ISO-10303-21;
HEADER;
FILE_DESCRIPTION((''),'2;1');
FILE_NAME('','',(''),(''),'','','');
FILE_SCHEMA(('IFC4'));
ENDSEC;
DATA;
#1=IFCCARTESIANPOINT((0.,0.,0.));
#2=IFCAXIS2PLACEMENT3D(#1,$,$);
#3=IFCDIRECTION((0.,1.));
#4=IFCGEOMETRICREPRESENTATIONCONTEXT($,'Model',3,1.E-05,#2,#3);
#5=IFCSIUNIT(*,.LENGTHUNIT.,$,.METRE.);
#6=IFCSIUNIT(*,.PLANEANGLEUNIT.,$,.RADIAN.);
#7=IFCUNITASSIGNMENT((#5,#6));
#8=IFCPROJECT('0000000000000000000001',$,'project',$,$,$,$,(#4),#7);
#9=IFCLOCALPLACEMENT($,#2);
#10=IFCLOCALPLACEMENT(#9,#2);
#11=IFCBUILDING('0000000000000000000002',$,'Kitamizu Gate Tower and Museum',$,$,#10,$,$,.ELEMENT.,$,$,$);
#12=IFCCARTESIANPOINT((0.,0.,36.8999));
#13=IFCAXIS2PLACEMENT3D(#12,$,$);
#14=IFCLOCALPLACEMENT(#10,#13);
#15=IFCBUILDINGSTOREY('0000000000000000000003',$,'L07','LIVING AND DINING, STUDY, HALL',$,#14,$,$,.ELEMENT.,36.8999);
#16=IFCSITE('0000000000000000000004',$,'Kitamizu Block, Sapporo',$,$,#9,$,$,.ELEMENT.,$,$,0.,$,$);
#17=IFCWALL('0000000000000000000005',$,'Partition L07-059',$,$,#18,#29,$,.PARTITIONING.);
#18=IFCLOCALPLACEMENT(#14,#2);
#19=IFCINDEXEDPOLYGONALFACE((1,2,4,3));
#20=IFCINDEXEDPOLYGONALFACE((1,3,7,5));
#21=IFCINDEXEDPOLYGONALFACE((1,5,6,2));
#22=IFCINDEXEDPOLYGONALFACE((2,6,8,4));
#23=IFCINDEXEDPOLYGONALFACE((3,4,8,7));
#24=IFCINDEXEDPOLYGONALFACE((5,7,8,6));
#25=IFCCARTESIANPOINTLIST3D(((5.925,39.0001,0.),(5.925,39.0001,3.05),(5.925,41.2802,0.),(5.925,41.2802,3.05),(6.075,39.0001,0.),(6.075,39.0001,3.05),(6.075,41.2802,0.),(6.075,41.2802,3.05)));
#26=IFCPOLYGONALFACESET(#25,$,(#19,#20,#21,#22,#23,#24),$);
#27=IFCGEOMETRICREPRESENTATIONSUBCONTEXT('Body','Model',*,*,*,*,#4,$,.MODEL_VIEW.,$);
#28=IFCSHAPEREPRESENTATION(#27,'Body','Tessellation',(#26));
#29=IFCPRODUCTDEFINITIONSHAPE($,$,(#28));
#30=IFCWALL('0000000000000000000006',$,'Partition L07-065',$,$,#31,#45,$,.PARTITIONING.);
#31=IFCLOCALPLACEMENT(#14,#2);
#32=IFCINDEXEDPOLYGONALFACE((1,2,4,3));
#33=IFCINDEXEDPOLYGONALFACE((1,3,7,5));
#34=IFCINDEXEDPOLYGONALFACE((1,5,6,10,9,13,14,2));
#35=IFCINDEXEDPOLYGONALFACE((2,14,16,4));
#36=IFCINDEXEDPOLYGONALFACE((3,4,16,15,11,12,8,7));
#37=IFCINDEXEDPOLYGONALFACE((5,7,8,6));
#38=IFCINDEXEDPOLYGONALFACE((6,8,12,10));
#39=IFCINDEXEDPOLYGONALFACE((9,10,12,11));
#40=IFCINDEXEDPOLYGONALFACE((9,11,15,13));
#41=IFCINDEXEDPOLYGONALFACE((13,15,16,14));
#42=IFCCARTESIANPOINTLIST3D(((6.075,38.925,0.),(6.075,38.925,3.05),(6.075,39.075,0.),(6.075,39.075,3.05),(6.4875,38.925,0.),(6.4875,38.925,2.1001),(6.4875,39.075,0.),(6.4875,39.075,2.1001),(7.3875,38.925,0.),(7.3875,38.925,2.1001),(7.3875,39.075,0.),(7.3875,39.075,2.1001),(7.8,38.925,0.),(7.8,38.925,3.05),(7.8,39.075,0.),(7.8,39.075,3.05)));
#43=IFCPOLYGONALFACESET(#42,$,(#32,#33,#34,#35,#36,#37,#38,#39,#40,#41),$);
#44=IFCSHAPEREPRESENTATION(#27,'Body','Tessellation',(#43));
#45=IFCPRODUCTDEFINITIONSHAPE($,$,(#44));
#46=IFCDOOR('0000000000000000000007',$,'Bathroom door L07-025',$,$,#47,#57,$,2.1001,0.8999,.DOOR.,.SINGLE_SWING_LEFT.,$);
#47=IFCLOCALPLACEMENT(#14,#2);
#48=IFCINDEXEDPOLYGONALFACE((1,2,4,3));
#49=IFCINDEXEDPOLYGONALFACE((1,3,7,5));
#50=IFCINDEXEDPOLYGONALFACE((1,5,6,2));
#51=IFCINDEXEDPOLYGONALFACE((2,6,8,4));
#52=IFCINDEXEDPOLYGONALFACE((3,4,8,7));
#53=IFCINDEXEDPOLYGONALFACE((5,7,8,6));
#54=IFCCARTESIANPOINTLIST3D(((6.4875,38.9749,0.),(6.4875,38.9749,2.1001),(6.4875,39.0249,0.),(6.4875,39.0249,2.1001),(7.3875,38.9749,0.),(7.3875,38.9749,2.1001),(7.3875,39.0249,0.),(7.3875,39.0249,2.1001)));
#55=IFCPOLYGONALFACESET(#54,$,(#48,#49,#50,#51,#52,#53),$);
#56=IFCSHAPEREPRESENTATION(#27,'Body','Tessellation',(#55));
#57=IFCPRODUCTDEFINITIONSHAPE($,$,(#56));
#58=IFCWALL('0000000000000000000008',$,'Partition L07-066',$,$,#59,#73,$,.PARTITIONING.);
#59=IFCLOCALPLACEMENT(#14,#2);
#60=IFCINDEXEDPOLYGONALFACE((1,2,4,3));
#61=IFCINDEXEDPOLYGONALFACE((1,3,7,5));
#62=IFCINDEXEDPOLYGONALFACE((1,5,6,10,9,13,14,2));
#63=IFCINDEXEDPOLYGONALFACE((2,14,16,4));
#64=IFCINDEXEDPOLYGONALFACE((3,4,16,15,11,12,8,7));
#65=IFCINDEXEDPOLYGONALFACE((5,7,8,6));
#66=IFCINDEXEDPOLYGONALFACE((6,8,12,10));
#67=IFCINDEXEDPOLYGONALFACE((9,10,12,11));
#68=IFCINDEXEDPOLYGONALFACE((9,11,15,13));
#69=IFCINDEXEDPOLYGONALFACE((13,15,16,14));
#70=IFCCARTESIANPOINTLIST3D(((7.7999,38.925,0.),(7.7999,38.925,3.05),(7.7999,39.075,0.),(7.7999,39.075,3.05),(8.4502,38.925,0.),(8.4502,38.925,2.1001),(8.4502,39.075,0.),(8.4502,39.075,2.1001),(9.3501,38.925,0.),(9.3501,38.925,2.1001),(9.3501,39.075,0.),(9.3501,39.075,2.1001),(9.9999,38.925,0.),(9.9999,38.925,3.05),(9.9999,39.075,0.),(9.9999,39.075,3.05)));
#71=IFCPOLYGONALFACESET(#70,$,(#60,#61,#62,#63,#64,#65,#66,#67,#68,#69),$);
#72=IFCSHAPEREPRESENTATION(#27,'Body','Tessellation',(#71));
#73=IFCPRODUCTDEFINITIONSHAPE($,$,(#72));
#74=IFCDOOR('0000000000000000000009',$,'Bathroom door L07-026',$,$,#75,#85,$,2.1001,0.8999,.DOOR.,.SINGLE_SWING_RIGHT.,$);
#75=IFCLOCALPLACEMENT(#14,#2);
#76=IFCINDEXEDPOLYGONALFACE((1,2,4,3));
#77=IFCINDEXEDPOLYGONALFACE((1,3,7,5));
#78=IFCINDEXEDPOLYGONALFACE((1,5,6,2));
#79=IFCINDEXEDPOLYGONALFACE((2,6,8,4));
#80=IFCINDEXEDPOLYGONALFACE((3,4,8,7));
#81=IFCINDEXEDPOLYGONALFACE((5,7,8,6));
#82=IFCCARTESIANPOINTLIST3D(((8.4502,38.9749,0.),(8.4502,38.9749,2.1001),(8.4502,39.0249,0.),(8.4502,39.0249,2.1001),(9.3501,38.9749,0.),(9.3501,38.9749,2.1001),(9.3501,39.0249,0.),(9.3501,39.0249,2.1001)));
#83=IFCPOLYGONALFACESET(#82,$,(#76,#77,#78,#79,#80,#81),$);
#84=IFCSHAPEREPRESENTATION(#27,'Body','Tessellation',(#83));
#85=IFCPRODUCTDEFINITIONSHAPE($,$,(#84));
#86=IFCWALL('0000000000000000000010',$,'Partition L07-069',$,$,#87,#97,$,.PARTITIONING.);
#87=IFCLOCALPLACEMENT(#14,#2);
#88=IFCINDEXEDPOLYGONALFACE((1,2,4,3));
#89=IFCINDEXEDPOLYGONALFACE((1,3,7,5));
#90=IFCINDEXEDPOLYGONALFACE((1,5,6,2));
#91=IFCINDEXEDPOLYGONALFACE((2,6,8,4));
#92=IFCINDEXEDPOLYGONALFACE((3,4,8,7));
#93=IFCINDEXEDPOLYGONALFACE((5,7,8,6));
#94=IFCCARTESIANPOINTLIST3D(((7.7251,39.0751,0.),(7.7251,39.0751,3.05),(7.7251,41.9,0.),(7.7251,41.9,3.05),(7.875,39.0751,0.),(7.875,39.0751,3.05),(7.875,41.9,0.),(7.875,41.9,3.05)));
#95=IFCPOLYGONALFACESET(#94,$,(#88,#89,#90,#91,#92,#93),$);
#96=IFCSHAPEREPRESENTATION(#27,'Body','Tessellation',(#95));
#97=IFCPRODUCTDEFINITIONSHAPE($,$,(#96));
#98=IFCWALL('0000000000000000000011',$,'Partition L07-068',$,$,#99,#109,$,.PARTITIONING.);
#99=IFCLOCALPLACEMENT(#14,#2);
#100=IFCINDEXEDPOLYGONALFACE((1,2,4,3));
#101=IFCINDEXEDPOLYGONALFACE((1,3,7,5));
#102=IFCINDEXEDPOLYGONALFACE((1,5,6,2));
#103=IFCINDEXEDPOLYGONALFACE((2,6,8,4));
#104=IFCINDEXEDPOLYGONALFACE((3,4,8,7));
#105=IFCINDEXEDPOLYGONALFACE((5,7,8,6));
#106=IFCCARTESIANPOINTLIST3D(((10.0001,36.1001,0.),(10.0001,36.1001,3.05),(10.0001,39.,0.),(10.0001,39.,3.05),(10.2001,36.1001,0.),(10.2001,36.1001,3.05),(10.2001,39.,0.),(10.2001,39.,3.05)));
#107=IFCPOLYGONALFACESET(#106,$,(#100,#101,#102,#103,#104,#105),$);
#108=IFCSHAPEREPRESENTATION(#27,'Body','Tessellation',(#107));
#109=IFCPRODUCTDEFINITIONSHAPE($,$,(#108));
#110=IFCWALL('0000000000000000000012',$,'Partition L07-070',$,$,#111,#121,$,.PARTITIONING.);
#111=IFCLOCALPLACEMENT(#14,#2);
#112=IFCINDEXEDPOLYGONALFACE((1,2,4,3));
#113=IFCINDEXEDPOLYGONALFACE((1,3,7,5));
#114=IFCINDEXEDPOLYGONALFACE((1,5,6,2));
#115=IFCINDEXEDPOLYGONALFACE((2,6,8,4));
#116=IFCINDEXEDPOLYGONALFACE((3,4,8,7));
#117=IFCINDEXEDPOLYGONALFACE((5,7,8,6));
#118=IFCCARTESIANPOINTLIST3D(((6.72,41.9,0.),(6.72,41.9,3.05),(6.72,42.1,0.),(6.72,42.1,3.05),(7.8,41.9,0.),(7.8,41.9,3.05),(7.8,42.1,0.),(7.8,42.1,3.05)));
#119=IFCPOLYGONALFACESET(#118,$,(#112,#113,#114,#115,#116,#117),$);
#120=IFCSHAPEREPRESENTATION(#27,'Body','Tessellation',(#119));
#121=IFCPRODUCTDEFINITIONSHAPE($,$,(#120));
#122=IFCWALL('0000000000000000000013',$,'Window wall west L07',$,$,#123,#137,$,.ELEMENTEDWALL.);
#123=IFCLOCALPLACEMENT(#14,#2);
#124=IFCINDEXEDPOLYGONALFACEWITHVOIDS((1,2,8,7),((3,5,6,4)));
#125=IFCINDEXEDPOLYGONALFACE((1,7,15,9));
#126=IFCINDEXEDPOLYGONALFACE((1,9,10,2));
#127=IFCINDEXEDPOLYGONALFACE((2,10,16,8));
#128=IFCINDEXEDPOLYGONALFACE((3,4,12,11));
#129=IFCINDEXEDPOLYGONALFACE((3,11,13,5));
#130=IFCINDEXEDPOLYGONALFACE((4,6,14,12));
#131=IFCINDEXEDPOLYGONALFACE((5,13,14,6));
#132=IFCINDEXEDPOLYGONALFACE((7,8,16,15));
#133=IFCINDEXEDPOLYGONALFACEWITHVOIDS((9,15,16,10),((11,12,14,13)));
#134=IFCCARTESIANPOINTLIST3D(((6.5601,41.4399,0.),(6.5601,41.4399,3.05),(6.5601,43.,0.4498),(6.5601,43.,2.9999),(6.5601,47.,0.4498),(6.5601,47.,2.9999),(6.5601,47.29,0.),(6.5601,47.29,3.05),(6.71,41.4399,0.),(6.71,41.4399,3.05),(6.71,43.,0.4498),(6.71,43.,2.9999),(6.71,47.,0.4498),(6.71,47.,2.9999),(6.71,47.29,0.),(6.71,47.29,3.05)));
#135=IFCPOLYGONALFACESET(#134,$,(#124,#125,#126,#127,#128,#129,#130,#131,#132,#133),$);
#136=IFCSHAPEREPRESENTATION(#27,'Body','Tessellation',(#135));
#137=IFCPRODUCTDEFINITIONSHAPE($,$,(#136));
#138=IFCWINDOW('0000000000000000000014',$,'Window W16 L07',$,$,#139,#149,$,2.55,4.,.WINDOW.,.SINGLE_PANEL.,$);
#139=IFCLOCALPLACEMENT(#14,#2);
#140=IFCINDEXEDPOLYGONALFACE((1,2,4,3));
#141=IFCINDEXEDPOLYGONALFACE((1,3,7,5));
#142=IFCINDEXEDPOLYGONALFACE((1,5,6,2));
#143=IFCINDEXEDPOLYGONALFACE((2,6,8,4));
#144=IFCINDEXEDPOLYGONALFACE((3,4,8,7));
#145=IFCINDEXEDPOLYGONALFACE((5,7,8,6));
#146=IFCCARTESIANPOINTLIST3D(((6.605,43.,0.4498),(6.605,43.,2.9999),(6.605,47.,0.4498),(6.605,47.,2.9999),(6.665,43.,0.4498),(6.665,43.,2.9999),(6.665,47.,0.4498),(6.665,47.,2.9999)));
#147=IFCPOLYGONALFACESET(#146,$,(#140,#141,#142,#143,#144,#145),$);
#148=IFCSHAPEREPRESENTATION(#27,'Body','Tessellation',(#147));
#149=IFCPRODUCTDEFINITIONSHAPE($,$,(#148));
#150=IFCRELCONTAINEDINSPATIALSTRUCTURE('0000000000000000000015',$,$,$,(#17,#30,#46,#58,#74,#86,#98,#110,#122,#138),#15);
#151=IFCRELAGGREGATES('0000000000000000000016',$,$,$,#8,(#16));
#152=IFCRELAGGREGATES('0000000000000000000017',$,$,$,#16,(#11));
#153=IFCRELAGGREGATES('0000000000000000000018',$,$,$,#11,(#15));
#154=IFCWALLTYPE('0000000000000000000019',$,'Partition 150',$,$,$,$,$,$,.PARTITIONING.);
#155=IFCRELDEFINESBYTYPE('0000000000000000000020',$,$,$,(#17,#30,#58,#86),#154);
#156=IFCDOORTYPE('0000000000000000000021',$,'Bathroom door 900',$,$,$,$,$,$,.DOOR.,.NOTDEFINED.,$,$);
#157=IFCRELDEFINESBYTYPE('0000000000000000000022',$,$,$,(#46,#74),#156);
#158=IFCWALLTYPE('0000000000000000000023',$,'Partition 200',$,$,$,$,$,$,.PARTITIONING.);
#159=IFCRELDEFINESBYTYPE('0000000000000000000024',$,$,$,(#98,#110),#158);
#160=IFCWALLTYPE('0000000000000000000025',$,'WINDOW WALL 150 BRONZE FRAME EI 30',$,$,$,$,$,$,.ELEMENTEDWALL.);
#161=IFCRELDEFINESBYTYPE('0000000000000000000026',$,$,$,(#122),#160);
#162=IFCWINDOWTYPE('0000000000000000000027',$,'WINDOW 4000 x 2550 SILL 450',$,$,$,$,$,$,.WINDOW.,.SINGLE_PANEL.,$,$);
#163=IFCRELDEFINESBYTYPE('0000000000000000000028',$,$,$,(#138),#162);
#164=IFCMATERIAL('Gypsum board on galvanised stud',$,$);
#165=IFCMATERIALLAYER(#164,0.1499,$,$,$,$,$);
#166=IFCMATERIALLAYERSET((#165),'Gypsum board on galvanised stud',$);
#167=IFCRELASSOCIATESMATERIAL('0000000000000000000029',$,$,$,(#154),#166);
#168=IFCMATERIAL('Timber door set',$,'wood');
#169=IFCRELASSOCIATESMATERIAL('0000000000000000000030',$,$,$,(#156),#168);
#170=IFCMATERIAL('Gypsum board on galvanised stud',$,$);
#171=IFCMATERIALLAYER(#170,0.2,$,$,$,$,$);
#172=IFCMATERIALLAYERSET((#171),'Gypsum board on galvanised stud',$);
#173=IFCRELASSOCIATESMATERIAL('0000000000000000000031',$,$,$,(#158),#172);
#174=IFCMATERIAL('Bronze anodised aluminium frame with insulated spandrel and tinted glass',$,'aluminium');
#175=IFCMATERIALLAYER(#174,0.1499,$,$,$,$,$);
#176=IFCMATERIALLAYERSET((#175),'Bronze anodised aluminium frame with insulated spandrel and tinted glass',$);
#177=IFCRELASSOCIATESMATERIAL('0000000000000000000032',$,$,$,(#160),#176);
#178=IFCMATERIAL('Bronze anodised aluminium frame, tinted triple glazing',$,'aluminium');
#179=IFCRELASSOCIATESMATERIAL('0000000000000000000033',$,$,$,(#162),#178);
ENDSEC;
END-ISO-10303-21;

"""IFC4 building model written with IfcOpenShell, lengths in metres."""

from ifc_helpers import new_model, si_unit, direction, frame, frame_2d, origin, place, context, subcontext, project, spatial, rectangle, extrude, material, layer, layer_set, type_object, element, fill, save


model = new_model("IFC4")

# Units and contexts
model_context = context("Model", 3, precision=1e-05, world=origin(), true_north=direction((0.0, 1.0)))
body_context = subcontext(model_context, "Body", "Model", "MODEL_VIEW")
ifc_project = project(units=[si_unit("LENGTHUNIT", "METRE"), si_unit("PLANEANGLEUNIT", "RADIAN")], contexts=[model_context])

# Site, building, storey
site_placement = place(None, origin())
site = spatial("IfcSite", under=ifc_project, at=site_placement, Name="Kitamizu Block, Sapporo", CompositionType="ELEMENT", RefElevation=0.0)
building_placement = place(site_placement, origin())
building = spatial("IfcBuilding", under=site, at=building_placement, Name="Kitamizu Gate Tower and Museum", CompositionType="ELEMENT")
storey_placement = place(building_placement, frame((0.0, 0.0, 36.8999)))
storey = spatial("IfcBuildingStorey", under=building, at=storey_placement, Name="L07", Description="LIVING AND DINING, STUDY, HALL", CompositionType="ELEMENT", Elevation=36.8999)

# Wall
ifc_material_1 = material(Name="Gypsum board on galvanised stud")
ifc_layer_1 = layer(ifc_material_1, 0.1499)
ifc_layer_set_1 = layer_set([ifc_layer_1], Name="Gypsum board on galvanised stud")
wall_type_1 = type_object("IfcWallType", Name="Partition 150", PredefinedType="PARTITIONING", material=ifc_layer_set_1)
wall_1_placement = place(storey_placement, frame((6.0, 39.0, 0.0), z_axis=(0.0, 0.0, 1.0), x_axis=(0.0, 1.0, 0.0)))
element("IfcWall", 1, at=wall_1_placement, inside=storey, type_object=wall_type_1, Name="Partition L07-059", PredefinedType="PARTITIONING", context=body_context, shape_type="SweptSolid", body=[
    extrude(rectangle(XDim=2.28, YDim=0.1499, at=frame_2d((1.1401, 0.0))), origin(), (0.0, 0.0, 1.0), 3.05),
])

# Walls, openings, doors
wall_2_placement = place(storey_placement, frame((7.8, 39.0, 0.0), z_axis=(0.0, 0.0, 1.0), x_axis=(-1.0, 0.0, 0.0)))
wall_2 = element("IfcWall", 2, at=wall_2_placement, inside=storey, type_object=wall_type_1, Name="Partition L07-065", PredefinedType="PARTITIONING", context=body_context, shape_type="SweptSolid", body=[
    extrude(rectangle(XDim=1.7251, YDim=0.1499, at=frame_2d((0.8625, 0.0))), origin(), (0.0, 0.0, 1.0), 3.05),
])
opening_1_placement = place(wall_2_placement, frame((0.4126, 0.0, 0.0)))
opening_1 = element("IfcOpeningElement", 3, at=opening_1_placement, cuts=wall_2, PredefinedType="OPENING", context=body_context, shape_type="SweptSolid", body=[
    extrude(rectangle(XDim=0.8999, YDim=2.1001, at=frame_2d((0.45, 1.05))), frame((0.0, 0.085, 0.0), z_axis=(0.0, -1.0, 0.0), x_axis=(1.0, 0.0, 0.0)), (0.0, 0.0, 1.0), 0.1699),
])
ifc_material_2 = material(Name="Timber door set", Category="wood")
door_type = type_object("IfcDoorType", Name="Bathroom door 900", OperationType="NOTDEFINED", PredefinedType="DOOR", material=ifc_material_2)
door_1_placement = place(opening_1_placement, frame((0.8999, 0.0, 0.0), x_axis=(-1.0, 0.0, 0.0)))
door_1 = element("IfcDoor", 4, at=door_1_placement, inside=storey, type_object=door_type, Name="Bathroom door L07-025", OperationType="SINGLE_SWING_LEFT", OverallHeight=2.1001, OverallWidth=0.8999, PredefinedType="DOOR", context=body_context, shape_type="SweptSolid", body=[
    extrude(rectangle(XDim=0.8999, YDim=2.1001, at=frame_2d((0.45, 1.05))), frame((0.0, 0.0249, 0.0), z_axis=(0.0, -1.0, 0.0), x_axis=(1.0, 0.0, 0.0)), (0.0, 0.0, 1.0), 0.05),
])
fill(opening_1, door_1)
wall_3_placement = place(storey_placement, frame((10.0, 39.0, 0.0), z_axis=(0.0, 0.0, 1.0), x_axis=(-1.0, 0.0, 0.0)))
wall_3 = element("IfcWall", 5, at=wall_3_placement, inside=storey, type_object=wall_type_1, Name="Partition L07-066", PredefinedType="PARTITIONING", context=body_context, shape_type="SweptSolid", body=[
    extrude(rectangle(XDim=2.2, YDim=0.1499, at=frame_2d((1.1001, 0.0))), origin(), (0.0, 0.0, 1.0), 3.05),
])
opening_2_placement = place(wall_3_placement, frame((0.6499, 0.0, 0.0)))
opening_2 = element("IfcOpeningElement", 6, at=opening_2_placement, cuts=wall_3, PredefinedType="OPENING", context=body_context, shape_type="SweptSolid", body=[
    extrude(rectangle(XDim=0.8999, YDim=2.1001, at=frame_2d((0.45, 1.05))), frame((0.0, 0.085, 0.0), z_axis=(0.0, -1.0, 0.0), x_axis=(1.0, 0.0, 0.0)), (0.0, 0.0, 1.0), 0.1699),
])
door_2_placement = place(opening_2_placement, frame((0.8999, 0.0, 0.0), x_axis=(-1.0, 0.0, 0.0)))
door_2 = element("IfcDoor", 7, at=door_2_placement, inside=storey, type_object=door_type, Name="Bathroom door L07-026", OperationType="SINGLE_SWING_RIGHT", OverallHeight=2.1001, OverallWidth=0.8999, PredefinedType="DOOR", context=body_context, shape_type="SweptSolid", body=[
    extrude(rectangle(XDim=0.8999, YDim=2.1001, at=frame_2d((0.45, 1.05))), frame((0.0, 0.0249, 0.0), z_axis=(0.0, -1.0, 0.0), x_axis=(1.0, 0.0, 0.0)), (0.0, 0.0, 1.0), 0.05),
])
fill(opening_2, door_2)

# Walls
wall_4_placement = place(storey_placement, frame((7.8, 39.075, 0.0), z_axis=(0.0, 0.0, 1.0), x_axis=(0.0, 1.0, 0.0)))
element("IfcWall", 8, at=wall_4_placement, inside=storey, type_object=wall_type_1, Name="Partition L07-069", PredefinedType="PARTITIONING", context=body_context, shape_type="SweptSolid", body=[
    extrude(rectangle(XDim=2.825, YDim=0.1499, at=frame_2d((1.4126, 0.0))), origin(), (0.0, 0.0, 1.0), 3.05),
])
ifc_material_3 = material(Name="Gypsum board on galvanised stud")
ifc_layer_2 = layer(ifc_material_3, 0.2)
ifc_layer_set_2 = layer_set([ifc_layer_2], Name="Gypsum board on galvanised stud")
wall_type_2 = type_object("IfcWallType", Name="Partition 200", PredefinedType="PARTITIONING", material=ifc_layer_set_2)
wall_5_placement = place(storey_placement, frame((10.1001, 36.1001, 0.0), z_axis=(0.0, 0.0, 1.0), x_axis=(0.0, 1.0, 0.0)))
element("IfcWall", 9, at=wall_5_placement, inside=storey, type_object=wall_type_2, Name="Partition L07-068", PredefinedType="PARTITIONING", context=body_context, shape_type="SweptSolid", body=[
    extrude(rectangle(XDim=2.8999, YDim=0.2, at=frame_2d((1.45, 0.0))), origin(), (0.0, 0.0, 1.0), 3.05),
])
wall_6_placement = place(storey_placement, frame((7.8, 42.0, 0.0), z_axis=(0.0, 0.0, 1.0), x_axis=(-1.0, 0.0, 0.0)))
element("IfcWall", 10, at=wall_6_placement, inside=storey, type_object=wall_type_2, Name="Partition L07-070", PredefinedType="PARTITIONING", context=body_context, shape_type="SweptSolid", body=[
    extrude(rectangle(XDim=1.0801, YDim=0.2, at=frame_2d((0.54, 0.0))), origin(), (0.0, 0.0, 1.0), 3.05),
])

# Shared definitions
ifc_material_4 = material(Name="Bronze anodised aluminium frame with insulated spandrel and tinted glass", Category="aluminium")
ifc_layer_3 = layer(ifc_material_4, 0.1499)
ifc_layer_set_3 = layer_set([ifc_layer_3], Name="Bronze anodised aluminium frame with insulated spandrel and tinted glass")
wall_type_3 = type_object("IfcWallType", Name="WINDOW WALL 150 BRONZE FRAME EI 30", PredefinedType="ELEMENTEDWALL", material=ifc_layer_set_3)

# Wall, opening, window
wall_7_placement = place(storey_placement, frame((6.635, 41.4399, 0.0), z_axis=(0.0, 0.0, 1.0), x_axis=(0.0, 1.0, 0.0)))
wall_7 = element("IfcWall", 11, at=wall_7_placement, inside=storey, type_object=wall_type_3, Name="Window wall west L07", PredefinedType="ELEMENTEDWALL", context=body_context, shape_type="SweptSolid", body=[
    extrude(rectangle(XDim=5.8501, YDim=0.1499, at=frame_2d((2.925, 0.0))), origin(), (0.0, 0.0, 1.0), 3.05),
])
opening_3_placement = place(wall_7_placement, frame((1.5601, 0.0, 0.45)))
opening_3 = element("IfcOpeningElement", 12, at=opening_3_placement, cuts=wall_7, PredefinedType="OPENING", context=body_context, shape_type="SweptSolid", body=[
    extrude(rectangle(XDim=4.0, YDim=2.55, at=frame_2d((2.0, 1.2749))), frame((0.0, 0.085, 0.0), z_axis=(0.0, -1.0, 0.0), x_axis=(1.0, 0.0, 0.0)), (0.0, 0.0, 1.0), 0.1699),
])
ifc_material_5 = material(Name="Bronze anodised aluminium frame, tinted triple glazing", Category="aluminium")
window_type_1 = type_object("IfcWindowType", Name="WINDOW 4000 x 2550 SILL 450", PartitioningType="SINGLE_PANEL", PredefinedType="WINDOW", material=ifc_material_5)
window_1_placement = place(opening_3_placement, origin())
window_1 = element("IfcWindow", 13, at=window_1_placement, inside=storey, type_object=window_type_1, Name="Window W16 L07", OverallHeight=2.55, OverallWidth=4.0, PartitioningType="SINGLE_PANEL", PredefinedType="WINDOW", context=body_context, shape_type="SweptSolid", body=[
    extrude(rectangle(XDim=4.0, YDim=2.55, at=frame_2d((2.0, 1.2749))), frame((0.0, 0.03, 0.0), z_axis=(0.0, -1.0, 0.0), x_axis=(1.0, 0.0, 0.0)), (0.0, 0.0, 1.0), 0.0601),
])
fill(opening_3, window_1)

save(model, "model.ifc")
